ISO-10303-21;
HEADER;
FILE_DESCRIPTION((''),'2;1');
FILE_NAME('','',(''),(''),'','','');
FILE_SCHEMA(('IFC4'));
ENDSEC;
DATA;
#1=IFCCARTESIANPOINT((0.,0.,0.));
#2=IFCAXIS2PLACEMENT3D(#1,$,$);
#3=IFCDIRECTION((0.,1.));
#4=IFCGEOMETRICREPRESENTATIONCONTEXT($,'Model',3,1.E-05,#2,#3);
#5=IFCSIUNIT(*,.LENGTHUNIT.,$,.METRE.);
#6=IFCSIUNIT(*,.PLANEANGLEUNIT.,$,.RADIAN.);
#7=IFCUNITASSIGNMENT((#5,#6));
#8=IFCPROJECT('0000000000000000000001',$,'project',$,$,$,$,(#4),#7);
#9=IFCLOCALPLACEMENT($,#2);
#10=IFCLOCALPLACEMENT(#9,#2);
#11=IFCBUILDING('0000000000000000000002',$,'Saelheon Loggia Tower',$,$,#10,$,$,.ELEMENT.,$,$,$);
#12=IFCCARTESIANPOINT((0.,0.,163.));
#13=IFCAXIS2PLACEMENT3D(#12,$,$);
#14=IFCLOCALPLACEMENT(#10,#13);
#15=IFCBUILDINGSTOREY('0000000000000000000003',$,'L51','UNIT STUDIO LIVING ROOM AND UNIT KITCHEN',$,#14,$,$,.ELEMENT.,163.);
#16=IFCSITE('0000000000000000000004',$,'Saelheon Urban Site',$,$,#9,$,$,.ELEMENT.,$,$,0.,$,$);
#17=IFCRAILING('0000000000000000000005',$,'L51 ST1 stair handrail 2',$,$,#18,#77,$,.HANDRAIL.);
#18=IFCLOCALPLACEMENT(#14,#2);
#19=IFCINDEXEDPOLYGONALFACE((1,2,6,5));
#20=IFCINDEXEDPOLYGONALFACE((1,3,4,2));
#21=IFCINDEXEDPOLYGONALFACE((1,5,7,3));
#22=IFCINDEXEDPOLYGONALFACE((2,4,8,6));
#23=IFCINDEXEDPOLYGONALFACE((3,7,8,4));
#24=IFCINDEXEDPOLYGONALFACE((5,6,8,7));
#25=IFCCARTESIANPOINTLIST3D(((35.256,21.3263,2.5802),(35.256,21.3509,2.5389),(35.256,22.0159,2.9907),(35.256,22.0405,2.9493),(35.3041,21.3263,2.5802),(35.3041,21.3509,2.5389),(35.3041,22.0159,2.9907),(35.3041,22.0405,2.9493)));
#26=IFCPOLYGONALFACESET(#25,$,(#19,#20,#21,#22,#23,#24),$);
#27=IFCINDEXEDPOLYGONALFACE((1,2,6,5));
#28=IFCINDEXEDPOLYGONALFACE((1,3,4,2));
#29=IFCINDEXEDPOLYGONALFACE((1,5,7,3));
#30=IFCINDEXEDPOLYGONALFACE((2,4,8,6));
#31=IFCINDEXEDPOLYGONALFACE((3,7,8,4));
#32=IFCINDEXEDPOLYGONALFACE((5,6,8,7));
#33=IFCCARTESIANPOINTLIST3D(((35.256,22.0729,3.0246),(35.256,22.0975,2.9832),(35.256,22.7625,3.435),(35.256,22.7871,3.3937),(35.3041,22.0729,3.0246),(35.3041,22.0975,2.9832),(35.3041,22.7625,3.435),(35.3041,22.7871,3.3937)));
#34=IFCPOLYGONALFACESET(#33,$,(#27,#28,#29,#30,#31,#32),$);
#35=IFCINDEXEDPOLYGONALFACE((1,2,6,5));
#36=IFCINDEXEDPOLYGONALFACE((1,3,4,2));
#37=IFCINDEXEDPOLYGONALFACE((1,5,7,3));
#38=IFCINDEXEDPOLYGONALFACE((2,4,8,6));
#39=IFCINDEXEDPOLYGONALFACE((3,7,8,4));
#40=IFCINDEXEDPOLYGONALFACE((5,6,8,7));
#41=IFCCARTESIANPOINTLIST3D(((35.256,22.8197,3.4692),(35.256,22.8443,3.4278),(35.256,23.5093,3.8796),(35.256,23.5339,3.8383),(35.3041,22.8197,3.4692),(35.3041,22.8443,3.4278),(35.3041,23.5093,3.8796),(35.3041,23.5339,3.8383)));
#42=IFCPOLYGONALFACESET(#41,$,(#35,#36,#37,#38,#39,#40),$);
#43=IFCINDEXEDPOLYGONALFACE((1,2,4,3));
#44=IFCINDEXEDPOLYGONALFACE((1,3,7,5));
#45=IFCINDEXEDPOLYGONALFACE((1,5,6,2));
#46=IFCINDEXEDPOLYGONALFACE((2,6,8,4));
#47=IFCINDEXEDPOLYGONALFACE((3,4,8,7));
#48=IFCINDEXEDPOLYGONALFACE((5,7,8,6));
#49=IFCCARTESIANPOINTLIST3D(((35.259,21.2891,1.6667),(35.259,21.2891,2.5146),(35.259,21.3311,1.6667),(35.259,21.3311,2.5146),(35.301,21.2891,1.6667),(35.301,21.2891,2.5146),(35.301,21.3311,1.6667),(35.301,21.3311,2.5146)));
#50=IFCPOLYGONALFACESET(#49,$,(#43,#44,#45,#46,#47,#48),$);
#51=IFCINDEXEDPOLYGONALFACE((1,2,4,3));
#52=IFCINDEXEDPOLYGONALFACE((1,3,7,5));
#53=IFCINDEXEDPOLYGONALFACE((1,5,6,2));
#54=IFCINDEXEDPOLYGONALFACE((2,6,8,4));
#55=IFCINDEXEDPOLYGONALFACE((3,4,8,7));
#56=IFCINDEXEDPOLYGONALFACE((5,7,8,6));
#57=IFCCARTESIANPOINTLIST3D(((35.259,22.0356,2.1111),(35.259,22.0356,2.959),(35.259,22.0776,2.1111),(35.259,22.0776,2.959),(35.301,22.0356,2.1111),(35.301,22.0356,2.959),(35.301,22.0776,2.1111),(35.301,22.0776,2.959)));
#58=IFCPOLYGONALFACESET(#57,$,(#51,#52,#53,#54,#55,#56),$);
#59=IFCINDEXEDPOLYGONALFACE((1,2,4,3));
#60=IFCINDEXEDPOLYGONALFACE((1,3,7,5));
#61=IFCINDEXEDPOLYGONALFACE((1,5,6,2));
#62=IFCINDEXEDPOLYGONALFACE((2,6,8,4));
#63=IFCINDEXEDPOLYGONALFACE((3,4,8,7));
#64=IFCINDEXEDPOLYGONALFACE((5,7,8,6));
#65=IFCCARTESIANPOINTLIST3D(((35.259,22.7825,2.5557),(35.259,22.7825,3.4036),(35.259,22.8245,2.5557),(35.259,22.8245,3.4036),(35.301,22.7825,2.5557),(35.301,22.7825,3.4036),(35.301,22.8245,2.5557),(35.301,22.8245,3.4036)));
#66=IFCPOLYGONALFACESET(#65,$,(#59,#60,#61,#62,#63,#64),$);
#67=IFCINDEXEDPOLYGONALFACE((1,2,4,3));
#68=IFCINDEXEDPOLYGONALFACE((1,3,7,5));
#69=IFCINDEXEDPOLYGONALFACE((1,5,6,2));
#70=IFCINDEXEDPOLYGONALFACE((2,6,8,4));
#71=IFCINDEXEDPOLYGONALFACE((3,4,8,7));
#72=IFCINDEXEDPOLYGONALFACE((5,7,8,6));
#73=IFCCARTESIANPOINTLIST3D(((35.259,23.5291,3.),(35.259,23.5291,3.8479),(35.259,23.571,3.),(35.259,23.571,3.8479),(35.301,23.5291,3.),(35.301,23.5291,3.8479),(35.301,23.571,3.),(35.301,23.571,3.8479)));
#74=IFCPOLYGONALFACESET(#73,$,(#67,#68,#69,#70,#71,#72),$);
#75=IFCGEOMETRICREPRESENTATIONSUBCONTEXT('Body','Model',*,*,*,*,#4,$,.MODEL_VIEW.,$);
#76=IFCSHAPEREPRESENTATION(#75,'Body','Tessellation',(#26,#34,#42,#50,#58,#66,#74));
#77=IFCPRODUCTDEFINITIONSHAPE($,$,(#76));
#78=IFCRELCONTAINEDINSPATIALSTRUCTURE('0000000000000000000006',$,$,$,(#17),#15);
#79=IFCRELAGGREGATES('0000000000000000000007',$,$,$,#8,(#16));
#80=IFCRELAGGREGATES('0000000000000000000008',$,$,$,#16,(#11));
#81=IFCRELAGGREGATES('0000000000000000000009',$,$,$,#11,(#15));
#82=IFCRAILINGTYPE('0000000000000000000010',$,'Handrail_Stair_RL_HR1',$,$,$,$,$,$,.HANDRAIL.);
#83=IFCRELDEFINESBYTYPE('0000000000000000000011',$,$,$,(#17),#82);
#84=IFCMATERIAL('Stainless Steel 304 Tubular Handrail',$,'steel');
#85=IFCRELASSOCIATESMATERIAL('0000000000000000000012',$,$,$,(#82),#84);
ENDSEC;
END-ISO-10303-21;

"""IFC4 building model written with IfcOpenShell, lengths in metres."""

from ifc_helpers import new_model, si_unit, direction, frame, origin, origin_2d, place, context, subcontext, project, spatial, rectangle, extrude, material, type_object, element, save


model = new_model("IFC4")

# Units and contexts
model_context = context("Model", 3, precision=1e-05, world=origin(), true_north=direction((0.0, 1.0)))
body_context = subcontext(model_context, "Body", "Model", "MODEL_VIEW")
ifc_project = project(units=[si_unit("LENGTHUNIT", "METRE"), si_unit("PLANEANGLEUNIT", "RADIAN")], contexts=[model_context])

# Site, building, storey
site_placement = place(None, origin())
site = spatial("IfcSite", under=ifc_project, at=site_placement, Name="Saelheon Urban Site", CompositionType="ELEMENT", RefElevation=0.0)
building_placement = place(site_placement, origin())
building = spatial("IfcBuilding", under=site, at=building_placement, Name="Saelheon Loggia Tower", CompositionType="ELEMENT")
storey_placement = place(building_placement, frame((0.0, 0.0, 163.0)))
storey = spatial("IfcBuildingStorey", under=building, at=storey_placement, Name="L51", Description="UNIT STUDIO LIVING ROOM AND UNIT KITCHEN", CompositionType="ELEMENT", Elevation=163.0)

# Railing
ifc_material_1 = material(Name="Stainless Steel 304 Tubular Handrail", Category="steel")
railing_type_1 = type_object("IfcRailingType", Name="Handrail_Stair_RL_HR1", PredefinedType="HANDRAIL", material=ifc_material_1)
railing_1_placement = place(storey_placement, frame((35.28, 21.3101, 1.6667)))
element("IfcRailing", 1, at=railing_1_placement, inside=storey, type_object=railing_type_1, Name="L51 ST1 stair handrail 2", PredefinedType="HANDRAIL", context=body_context, shape_type="SweptSolid", body=[
    extrude(rectangle(XDim=0.0481, YDim=0.0481, at=origin_2d()), frame((0.0, 0.0286, 0.8928), z_axis=(0.0, 0.859306, 0.511462), x_axis=(-1.0, 0.0, 0.0)), (0.0, 0.0, 1.0), 0.8025),
    extrude(rectangle(XDim=0.0481, YDim=0.0481, at=origin_2d()), frame((0.0, 0.7751, 1.3372), z_axis=(0.0, 0.859306, 0.511462), x_axis=(-1.0, 0.0, 0.0)), (0.0, 0.0, 1.0), 0.8025),
    extrude(rectangle(XDim=0.0481, YDim=0.0481, at=origin_2d()), frame((0.0, 1.522, 1.7817), z_axis=(0.0, 0.859306, 0.511462), x_axis=(-1.0, 0.0, 0.0)), (0.0, 0.0, 1.0), 0.8025),
    extrude(rectangle(XDim=0.042, YDim=0.042, at=origin_2d()), origin(), (0.0, 0.0, 1.0), 0.8479),
    extrude(rectangle(XDim=0.042, YDim=0.042, at=origin_2d()), frame((0.0, 0.7466, 0.4443)), (0.0, 0.0, 1.0), 0.8479),
    extrude(rectangle(XDim=0.042, YDim=0.042, at=origin_2d()), frame((0.0, 1.4934, 0.8889)), (0.0, 0.0, 1.0), 0.8479),
    extrude(rectangle(XDim=0.042, YDim=0.042, at=origin_2d()), frame((0.0, 2.24, 1.3333)), (0.0, 0.0, 1.0), 0.8479),
])

save(model, "model.ifc")
